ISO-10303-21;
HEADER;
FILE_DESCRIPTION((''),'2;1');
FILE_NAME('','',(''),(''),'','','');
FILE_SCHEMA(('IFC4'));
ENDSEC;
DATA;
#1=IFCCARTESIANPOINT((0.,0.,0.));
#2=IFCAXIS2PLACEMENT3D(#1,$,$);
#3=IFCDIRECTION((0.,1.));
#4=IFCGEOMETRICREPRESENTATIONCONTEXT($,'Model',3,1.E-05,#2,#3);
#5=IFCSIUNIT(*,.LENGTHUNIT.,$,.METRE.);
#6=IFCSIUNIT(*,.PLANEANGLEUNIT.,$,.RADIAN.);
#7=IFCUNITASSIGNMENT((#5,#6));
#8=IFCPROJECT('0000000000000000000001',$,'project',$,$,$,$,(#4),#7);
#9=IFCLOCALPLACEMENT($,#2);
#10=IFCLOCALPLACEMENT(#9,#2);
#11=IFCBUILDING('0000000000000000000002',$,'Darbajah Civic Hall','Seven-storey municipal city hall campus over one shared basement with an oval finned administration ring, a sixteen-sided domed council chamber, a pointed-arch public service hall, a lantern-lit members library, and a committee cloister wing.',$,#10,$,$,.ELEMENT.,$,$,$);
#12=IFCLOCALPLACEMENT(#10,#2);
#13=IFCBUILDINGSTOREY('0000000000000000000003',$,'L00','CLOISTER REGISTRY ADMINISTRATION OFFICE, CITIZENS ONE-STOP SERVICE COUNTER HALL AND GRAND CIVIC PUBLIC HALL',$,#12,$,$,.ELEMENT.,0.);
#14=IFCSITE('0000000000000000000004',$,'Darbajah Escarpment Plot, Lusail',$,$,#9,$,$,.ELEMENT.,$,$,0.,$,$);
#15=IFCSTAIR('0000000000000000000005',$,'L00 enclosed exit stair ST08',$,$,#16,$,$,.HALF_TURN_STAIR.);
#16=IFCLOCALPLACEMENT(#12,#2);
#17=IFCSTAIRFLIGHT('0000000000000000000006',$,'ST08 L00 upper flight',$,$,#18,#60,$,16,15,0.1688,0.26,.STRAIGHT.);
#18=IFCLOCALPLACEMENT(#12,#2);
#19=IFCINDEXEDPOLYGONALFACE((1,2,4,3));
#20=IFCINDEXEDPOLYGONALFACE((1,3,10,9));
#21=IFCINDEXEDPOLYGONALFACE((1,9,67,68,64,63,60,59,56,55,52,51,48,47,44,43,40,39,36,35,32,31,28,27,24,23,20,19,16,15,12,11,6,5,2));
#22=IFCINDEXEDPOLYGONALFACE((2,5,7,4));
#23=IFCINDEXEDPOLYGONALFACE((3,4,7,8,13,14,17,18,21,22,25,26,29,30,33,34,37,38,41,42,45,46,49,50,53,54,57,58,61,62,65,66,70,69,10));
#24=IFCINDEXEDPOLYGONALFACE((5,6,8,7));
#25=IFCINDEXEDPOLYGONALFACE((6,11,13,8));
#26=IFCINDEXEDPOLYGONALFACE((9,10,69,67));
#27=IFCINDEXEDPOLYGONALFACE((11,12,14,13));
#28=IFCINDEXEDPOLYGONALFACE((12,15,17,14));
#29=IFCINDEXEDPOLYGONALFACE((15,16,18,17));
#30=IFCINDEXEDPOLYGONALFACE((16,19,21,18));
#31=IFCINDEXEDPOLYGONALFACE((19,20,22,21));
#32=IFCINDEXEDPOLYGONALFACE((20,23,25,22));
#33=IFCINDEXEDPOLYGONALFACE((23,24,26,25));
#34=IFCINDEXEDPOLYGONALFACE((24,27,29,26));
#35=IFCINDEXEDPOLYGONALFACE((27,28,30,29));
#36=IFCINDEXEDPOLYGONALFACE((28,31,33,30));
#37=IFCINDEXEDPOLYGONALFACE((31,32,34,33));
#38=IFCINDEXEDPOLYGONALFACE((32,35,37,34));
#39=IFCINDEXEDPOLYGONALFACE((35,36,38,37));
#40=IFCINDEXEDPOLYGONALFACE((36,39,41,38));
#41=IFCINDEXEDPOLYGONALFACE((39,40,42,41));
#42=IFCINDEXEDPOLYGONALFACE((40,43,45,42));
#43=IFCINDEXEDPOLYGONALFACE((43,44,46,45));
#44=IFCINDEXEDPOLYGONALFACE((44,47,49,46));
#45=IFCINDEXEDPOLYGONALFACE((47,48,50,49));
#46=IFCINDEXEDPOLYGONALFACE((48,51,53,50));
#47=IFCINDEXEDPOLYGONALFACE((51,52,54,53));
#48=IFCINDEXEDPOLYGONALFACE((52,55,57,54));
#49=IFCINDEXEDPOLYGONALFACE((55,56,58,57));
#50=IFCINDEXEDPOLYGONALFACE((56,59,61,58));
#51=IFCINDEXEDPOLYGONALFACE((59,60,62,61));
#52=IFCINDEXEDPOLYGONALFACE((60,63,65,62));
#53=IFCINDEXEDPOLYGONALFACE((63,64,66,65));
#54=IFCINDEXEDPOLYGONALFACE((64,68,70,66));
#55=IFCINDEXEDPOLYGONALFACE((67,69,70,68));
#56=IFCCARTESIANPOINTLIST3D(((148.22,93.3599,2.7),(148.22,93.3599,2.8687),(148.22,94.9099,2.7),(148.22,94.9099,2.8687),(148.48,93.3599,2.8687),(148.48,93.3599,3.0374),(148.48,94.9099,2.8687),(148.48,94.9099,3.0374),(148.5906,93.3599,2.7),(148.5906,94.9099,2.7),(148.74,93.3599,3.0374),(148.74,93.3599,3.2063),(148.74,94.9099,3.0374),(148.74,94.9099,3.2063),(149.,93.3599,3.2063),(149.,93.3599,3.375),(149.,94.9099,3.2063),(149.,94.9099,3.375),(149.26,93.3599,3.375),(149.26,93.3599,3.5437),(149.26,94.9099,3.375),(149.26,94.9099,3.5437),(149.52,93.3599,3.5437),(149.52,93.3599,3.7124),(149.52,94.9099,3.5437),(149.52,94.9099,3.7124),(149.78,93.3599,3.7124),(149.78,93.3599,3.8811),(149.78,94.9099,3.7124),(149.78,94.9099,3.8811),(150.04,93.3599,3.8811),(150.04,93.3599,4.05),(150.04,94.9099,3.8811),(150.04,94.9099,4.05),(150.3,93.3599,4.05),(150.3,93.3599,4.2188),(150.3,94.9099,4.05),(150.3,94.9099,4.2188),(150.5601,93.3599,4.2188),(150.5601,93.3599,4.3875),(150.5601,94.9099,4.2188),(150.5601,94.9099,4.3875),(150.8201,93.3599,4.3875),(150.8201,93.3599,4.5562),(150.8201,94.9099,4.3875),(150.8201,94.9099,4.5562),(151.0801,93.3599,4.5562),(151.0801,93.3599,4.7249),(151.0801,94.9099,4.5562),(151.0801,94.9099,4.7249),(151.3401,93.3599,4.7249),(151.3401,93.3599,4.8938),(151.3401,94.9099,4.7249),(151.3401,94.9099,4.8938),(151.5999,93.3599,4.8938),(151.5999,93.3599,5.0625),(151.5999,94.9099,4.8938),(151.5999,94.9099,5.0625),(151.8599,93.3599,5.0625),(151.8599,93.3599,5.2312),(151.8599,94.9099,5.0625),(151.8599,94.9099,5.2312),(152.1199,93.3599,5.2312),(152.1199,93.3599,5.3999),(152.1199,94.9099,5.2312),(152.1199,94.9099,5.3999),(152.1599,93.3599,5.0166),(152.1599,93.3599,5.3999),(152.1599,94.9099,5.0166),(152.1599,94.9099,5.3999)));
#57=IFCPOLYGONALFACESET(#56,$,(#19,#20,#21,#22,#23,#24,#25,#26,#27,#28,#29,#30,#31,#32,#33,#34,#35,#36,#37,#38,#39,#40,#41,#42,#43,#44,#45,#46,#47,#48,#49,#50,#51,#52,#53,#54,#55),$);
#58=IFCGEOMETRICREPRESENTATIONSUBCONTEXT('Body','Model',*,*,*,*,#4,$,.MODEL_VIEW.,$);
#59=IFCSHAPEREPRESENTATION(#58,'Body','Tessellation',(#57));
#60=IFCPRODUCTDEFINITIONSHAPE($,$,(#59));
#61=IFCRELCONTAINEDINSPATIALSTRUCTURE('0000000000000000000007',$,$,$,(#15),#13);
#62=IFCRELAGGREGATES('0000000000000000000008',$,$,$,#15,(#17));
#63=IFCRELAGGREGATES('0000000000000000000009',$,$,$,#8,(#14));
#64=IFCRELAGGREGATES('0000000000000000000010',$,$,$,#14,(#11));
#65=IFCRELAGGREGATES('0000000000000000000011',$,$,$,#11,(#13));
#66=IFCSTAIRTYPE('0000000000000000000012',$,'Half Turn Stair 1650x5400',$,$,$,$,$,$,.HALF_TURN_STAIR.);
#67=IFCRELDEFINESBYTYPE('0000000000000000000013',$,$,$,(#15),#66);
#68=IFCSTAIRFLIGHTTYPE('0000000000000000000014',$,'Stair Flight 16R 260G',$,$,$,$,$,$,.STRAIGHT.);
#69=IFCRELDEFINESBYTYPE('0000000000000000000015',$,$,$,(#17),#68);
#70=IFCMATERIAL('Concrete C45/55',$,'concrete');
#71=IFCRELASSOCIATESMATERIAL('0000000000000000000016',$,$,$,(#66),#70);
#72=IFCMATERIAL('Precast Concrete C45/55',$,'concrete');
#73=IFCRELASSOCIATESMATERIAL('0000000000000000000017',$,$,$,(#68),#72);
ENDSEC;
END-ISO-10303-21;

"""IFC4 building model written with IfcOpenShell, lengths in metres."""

from ifc_helpers import new_model, si_unit, direction, frame, origin, place, context, subcontext, project, spatial, polyline, outline, extrude, material, type_object, element, aggregate, save


model = new_model("IFC4")

# Units and contexts
model_context = context("Model", 3, precision=1e-05, world=origin(), true_north=direction((0.0, 1.0)))
body_context = subcontext(model_context, "Body", "Model", "MODEL_VIEW")
ifc_project = project(units=[si_unit("LENGTHUNIT", "METRE"), si_unit("PLANEANGLEUNIT", "RADIAN")], contexts=[model_context])

# Site, building, storey
site_placement = place(None, origin())
site = spatial("IfcSite", under=ifc_project, at=site_placement, Name="Darbajah Escarpment Plot, Lusail", CompositionType="ELEMENT", RefElevation=0.0)
building_placement = place(site_placement, origin())
building = spatial("IfcBuilding", under=site, at=building_placement, Name="Darbajah Civic Hall", Description="Seven-storey municipal city hall campus over one shared basement with an oval finned administration ring, a sixteen-sided domed council chamber, a pointed-arch public service hall, a lantern-lit members library, and a committee cloister wing.", CompositionType="ELEMENT")
storey_placement = place(building_placement, origin())
storey = spatial("IfcBuildingStorey", under=building, at=storey_placement, Name="L00", Description="CLOISTER REGISTRY ADMINISTRATION OFFICE, CITIZENS ONE-STOP SERVICE COUNTER HALL AND GRAND CIVIC PUBLIC HALL", CompositionType="ELEMENT", Elevation=0.0)

# Shared definitions
ifc_material_1 = material(Name="Concrete C45/55", Category="concrete")

# Stair, stair flight
stair_type = type_object("IfcStairType", Name="Half Turn Stair 1650x5400", PredefinedType="HALF_TURN_STAIR", material=ifc_material_1)
stair_placement = place(storey_placement, origin())
stair = element("IfcStair", 1, at=stair_placement, inside=storey, type_object=stair_type, Name="L00 enclosed exit stair ST08", PredefinedType="HALF_TURN_STAIR")
ifc_material_2 = material(Name="Precast Concrete C45/55", Category="concrete")
stair_flight_type = type_object("IfcStairFlightType", Name="Stair Flight 16R 260G", PredefinedType="STRAIGHT", material=ifc_material_2)
stair_flight_placement = place(storey_placement, frame((148.22, 94.135, 2.7), z_axis=(0.0, 0.0, 1.0), x_axis=(1.0, 0.0, 0.0)))
stair_flight = element("IfcStairFlight", 2, at=stair_flight_placement, type_object=stair_flight_type, Name="ST08 L00 upper flight", NumberOfRisers=16, NumberOfTreads=15, PredefinedType="STRAIGHT", RiserHeight=0.1688, TreadLength=0.26, context=body_context, shape_type="SweptSolid", body=[
    extrude(outline(polyline([(0.0, 0.0), (0.0, 0.1687), (0.26, 0.1687), (0.26, 0.3374), (0.52, 0.3374), (0.52, 0.5063), (0.78, 0.5063), (0.78, 0.675), (1.04, 0.675), (1.04, 0.8438), (1.3, 0.8438), (1.3, 1.0125), (1.5601, 1.0125), (1.5601, 1.1812), (1.8201, 1.1812), (1.8201, 1.3501), (2.0801, 1.3501), (2.0801, 1.5188), (2.3401, 1.5188), (2.3401, 1.6875), (2.6001, 1.6875), (2.6001, 1.8562), (2.8601, 1.8562), (2.8601, 2.0249), (3.1201, 2.0249), (3.1201, 2.1938), (3.3799, 2.1938), (3.3799, 2.3625), (3.6399, 2.3625), (3.6399, 2.5312), (3.8999, 2.5312), (3.8999, 2.7), (3.9399, 2.7), (3.9399, 2.3167), (0.3706, 0.0), (0.0, 0.0)])), frame((0.0, 0.7749, 0.0), z_axis=(0.0, -1.0, 0.0), x_axis=(1.0, 0.0, 0.0)), (0.0, 0.0, 1.0), 1.55),
])
aggregate(stair, [stair_flight])

save(model, "model.ifc")
